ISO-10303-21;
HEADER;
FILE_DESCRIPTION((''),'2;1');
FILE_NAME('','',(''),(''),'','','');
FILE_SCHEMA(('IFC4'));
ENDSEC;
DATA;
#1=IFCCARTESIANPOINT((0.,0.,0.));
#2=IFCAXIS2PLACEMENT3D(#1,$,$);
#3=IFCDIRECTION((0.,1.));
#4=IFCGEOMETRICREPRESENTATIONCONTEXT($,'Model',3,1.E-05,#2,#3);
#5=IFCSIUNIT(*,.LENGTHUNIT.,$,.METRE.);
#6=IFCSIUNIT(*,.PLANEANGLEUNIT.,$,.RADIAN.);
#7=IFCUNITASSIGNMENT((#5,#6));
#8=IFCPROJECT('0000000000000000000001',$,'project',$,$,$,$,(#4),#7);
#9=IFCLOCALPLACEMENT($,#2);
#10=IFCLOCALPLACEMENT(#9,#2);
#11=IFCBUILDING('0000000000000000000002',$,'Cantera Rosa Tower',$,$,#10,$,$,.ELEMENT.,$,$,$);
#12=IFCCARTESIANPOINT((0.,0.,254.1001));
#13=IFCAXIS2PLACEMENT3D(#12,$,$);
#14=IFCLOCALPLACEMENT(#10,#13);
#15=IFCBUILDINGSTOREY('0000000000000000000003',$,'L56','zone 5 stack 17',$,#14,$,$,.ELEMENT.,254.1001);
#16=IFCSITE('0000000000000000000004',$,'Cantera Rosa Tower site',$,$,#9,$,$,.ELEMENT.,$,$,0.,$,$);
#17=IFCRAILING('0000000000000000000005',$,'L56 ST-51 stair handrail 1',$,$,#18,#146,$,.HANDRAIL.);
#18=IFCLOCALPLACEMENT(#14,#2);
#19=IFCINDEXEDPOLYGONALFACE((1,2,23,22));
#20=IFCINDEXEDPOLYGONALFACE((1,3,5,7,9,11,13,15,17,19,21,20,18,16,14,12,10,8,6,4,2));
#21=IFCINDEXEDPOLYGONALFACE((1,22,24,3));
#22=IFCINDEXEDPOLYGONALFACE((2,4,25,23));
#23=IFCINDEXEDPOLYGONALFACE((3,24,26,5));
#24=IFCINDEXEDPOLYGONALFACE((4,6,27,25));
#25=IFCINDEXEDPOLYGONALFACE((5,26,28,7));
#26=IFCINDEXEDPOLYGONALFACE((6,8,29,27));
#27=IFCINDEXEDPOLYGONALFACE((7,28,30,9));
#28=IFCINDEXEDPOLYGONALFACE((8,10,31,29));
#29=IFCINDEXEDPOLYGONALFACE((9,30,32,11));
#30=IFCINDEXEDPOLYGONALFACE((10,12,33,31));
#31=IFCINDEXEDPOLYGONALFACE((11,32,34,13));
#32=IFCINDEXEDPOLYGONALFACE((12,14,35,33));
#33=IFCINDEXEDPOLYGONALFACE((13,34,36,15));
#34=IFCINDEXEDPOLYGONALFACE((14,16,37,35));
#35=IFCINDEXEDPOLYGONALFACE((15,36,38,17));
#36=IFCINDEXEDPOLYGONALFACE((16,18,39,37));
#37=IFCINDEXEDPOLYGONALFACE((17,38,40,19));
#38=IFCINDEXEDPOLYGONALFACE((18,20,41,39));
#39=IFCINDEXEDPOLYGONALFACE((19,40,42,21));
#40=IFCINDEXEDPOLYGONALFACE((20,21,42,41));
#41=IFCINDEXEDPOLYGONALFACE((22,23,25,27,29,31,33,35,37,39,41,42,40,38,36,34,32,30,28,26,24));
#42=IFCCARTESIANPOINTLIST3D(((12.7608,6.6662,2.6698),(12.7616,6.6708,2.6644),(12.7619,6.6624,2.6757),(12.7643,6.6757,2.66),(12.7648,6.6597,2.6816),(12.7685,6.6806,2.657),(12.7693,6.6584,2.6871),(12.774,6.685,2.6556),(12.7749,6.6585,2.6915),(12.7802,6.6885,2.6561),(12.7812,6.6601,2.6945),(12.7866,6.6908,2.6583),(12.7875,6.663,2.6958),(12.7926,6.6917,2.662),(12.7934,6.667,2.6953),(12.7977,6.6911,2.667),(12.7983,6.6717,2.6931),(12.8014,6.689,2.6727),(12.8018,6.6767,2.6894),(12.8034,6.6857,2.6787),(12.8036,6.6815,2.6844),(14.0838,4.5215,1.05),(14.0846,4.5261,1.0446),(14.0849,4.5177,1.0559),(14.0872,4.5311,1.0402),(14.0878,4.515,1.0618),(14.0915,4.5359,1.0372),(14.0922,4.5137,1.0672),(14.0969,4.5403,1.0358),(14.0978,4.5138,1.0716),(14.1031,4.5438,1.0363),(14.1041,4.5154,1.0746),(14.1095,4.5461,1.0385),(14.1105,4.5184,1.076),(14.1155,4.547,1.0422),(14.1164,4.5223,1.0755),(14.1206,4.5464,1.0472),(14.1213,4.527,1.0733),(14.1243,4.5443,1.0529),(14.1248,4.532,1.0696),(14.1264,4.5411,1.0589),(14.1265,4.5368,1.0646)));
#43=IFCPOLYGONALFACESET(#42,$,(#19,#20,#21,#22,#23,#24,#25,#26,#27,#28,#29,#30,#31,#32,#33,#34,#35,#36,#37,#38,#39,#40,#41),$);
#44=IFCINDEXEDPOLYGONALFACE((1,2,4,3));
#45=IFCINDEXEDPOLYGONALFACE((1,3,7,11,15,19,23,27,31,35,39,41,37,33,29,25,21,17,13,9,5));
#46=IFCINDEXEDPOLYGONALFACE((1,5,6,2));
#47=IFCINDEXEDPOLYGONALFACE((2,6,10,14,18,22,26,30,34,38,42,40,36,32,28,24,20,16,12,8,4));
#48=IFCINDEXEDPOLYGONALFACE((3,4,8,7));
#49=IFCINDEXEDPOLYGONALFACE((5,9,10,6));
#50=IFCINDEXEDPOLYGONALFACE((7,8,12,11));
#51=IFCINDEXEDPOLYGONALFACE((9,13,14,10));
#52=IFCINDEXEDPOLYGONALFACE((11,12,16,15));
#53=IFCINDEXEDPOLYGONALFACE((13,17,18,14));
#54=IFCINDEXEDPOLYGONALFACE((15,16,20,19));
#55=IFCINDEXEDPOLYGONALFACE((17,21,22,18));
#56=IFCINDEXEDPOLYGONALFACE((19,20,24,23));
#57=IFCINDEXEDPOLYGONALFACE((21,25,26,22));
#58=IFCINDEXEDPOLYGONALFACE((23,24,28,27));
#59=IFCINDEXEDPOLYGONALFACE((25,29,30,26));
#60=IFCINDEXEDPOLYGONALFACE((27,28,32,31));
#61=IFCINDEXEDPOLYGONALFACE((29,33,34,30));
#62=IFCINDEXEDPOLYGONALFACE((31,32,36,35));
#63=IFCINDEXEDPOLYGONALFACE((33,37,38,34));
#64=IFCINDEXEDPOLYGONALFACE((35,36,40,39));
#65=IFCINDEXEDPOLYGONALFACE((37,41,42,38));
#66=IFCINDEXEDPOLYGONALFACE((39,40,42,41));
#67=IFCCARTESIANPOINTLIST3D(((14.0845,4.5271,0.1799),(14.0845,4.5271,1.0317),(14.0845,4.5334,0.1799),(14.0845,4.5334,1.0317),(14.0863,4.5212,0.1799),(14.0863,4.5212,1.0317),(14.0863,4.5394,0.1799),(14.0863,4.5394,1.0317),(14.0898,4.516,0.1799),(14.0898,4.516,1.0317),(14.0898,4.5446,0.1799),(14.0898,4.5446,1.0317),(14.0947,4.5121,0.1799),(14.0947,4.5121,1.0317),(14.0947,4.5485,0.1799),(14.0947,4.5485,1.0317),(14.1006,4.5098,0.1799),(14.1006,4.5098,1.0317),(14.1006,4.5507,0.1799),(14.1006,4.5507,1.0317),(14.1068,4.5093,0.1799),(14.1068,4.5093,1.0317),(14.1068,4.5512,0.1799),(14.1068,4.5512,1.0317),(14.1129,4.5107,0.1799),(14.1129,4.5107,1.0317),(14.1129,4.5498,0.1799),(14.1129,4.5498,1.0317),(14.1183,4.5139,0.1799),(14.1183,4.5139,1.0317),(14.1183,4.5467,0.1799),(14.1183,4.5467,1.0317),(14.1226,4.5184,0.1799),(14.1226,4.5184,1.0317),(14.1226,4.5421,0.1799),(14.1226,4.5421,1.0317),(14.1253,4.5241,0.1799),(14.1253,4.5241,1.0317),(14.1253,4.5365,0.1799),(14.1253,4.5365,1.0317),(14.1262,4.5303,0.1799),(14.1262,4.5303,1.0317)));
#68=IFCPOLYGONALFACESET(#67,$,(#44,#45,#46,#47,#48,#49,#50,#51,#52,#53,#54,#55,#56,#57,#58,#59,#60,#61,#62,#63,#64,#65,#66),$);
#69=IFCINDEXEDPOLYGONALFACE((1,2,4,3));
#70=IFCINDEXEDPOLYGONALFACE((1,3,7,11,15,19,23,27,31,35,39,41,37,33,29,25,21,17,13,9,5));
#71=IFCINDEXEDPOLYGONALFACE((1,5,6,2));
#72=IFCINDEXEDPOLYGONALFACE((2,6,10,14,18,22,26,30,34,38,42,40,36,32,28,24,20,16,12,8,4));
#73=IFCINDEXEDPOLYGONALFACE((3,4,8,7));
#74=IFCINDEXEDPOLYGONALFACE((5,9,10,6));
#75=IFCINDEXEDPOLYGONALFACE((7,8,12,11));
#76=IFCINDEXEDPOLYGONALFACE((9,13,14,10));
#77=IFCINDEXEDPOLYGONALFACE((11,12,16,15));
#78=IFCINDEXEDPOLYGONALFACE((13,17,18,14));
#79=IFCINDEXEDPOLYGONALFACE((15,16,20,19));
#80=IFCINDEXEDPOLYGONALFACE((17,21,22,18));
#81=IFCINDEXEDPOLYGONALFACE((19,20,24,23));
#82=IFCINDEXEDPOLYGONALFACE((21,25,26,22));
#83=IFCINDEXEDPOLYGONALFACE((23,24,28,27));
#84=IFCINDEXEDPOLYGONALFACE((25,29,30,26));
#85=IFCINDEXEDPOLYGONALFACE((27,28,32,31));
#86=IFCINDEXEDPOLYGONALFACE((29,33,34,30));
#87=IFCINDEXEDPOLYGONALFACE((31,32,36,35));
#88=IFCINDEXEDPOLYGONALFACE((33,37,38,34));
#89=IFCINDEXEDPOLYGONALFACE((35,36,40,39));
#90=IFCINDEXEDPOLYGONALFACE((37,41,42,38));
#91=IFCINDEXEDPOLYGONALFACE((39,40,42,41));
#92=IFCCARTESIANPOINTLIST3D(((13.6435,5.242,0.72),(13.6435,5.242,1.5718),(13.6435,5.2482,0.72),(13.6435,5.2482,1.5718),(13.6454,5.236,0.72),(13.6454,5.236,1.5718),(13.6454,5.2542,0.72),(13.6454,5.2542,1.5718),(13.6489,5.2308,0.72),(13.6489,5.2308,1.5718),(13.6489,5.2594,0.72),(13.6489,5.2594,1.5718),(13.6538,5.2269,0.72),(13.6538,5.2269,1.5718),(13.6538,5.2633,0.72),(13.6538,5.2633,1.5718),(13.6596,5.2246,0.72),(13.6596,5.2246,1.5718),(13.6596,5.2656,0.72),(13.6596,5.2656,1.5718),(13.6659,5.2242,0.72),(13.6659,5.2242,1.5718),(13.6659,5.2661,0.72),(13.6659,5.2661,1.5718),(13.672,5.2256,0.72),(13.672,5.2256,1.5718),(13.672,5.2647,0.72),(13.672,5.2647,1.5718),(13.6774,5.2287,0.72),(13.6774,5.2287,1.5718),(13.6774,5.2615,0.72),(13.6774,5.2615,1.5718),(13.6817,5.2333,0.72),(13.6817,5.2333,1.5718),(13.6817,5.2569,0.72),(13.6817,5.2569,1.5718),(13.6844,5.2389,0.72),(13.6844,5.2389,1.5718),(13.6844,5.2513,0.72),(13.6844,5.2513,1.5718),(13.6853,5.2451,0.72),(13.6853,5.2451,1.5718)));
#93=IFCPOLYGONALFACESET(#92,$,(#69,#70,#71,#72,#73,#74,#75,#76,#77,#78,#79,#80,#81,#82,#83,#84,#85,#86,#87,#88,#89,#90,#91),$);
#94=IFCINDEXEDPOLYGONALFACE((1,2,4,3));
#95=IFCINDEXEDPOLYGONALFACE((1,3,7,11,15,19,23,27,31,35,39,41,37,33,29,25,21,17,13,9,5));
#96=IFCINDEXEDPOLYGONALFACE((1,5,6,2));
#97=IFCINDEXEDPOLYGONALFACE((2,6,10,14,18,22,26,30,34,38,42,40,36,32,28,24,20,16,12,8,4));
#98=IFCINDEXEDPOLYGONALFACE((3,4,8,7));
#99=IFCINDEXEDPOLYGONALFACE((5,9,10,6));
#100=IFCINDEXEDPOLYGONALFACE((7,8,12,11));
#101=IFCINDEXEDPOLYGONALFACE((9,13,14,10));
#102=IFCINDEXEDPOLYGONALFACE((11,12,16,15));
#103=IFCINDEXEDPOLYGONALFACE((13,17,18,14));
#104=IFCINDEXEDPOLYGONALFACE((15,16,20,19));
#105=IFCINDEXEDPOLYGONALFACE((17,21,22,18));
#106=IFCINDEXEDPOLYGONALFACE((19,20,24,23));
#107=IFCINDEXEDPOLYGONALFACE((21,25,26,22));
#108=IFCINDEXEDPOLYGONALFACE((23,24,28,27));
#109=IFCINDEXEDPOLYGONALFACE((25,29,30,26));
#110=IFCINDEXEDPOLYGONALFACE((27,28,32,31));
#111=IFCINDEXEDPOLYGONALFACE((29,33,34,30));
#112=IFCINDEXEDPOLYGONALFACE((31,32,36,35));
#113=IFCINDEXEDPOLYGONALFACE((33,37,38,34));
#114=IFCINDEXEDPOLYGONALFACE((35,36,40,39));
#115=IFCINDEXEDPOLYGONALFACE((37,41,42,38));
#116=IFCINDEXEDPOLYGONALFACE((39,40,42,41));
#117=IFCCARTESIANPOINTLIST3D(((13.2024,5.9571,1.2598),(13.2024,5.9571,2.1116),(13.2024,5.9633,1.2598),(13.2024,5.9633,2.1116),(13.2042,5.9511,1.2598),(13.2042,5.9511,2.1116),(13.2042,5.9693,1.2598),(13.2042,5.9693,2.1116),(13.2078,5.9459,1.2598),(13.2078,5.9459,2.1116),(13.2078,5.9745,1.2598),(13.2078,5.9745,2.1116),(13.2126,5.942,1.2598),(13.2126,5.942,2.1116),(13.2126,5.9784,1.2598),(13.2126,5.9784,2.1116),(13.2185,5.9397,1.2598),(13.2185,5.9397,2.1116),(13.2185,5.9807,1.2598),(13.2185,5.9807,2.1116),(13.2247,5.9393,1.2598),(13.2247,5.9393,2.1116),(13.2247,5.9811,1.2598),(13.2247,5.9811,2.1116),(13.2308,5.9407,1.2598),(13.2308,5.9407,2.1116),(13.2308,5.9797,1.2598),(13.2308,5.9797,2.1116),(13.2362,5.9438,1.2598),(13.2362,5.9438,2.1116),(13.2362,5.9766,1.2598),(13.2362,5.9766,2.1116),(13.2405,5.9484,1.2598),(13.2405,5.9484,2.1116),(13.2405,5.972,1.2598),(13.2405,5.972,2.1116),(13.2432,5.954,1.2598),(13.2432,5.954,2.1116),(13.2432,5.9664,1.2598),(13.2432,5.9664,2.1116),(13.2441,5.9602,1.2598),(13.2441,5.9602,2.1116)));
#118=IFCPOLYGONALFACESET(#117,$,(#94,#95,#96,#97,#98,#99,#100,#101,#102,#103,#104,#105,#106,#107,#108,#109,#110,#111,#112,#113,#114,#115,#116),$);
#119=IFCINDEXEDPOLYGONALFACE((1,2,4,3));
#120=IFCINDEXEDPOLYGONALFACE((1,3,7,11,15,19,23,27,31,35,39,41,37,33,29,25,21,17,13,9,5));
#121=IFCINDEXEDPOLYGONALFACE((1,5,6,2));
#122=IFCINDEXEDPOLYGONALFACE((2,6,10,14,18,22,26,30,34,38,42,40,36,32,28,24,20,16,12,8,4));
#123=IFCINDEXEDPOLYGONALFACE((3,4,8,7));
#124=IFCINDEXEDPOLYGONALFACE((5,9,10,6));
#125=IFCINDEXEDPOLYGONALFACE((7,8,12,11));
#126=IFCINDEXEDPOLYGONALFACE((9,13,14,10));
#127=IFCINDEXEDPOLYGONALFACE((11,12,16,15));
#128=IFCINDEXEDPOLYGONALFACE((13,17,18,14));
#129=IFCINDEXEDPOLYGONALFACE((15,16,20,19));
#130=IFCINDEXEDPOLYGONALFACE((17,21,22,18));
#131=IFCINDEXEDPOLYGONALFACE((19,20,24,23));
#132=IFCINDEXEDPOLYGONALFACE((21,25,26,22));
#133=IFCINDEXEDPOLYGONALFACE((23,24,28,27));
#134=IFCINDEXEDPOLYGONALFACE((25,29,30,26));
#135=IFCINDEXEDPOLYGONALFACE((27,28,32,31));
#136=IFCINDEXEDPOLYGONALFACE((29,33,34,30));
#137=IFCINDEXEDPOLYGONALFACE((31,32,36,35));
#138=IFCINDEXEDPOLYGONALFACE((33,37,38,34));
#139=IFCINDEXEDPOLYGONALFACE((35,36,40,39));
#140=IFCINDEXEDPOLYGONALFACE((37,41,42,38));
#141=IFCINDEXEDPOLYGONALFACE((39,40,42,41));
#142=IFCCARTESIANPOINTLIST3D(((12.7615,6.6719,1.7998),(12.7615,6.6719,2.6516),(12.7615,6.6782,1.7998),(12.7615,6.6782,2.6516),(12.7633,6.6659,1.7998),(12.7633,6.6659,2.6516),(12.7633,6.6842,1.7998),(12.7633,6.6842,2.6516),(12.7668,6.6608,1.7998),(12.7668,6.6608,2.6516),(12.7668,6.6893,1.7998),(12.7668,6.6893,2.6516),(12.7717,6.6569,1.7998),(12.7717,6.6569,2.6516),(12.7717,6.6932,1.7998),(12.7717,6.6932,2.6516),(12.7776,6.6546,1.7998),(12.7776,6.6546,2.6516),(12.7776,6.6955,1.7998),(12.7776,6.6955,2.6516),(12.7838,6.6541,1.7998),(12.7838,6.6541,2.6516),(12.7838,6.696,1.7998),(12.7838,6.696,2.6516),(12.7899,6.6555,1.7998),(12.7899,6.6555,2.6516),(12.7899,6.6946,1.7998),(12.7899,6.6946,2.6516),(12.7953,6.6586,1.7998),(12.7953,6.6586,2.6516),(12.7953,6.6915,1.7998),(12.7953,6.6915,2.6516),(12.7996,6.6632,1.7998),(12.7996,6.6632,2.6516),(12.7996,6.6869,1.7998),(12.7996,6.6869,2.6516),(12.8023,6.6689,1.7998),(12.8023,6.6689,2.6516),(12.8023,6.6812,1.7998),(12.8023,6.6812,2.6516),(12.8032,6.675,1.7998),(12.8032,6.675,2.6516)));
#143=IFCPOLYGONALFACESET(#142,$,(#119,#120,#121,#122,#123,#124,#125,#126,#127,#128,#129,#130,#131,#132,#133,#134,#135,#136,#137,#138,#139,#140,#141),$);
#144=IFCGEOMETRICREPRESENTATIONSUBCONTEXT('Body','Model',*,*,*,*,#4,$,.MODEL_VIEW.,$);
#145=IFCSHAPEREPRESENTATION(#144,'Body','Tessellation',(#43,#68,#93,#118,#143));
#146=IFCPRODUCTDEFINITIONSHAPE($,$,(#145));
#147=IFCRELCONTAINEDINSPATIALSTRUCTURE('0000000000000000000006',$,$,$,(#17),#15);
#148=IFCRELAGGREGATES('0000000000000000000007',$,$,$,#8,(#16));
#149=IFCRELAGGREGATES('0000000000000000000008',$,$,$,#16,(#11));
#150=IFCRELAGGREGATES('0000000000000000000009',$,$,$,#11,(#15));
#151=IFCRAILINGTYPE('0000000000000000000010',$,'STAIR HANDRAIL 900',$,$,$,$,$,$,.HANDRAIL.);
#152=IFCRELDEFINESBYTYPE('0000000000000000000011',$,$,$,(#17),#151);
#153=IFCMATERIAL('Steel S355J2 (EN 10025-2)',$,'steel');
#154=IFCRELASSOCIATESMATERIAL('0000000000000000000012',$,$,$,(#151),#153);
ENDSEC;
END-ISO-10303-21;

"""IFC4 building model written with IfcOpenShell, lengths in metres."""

from ifc_helpers import new_model, si_unit, direction, frame, origin, origin_2d, place, context, subcontext, project, spatial, circle, extrude, material, type_object, element, save


model = new_model("IFC4")

# Units and contexts
model_context = context("Model", 3, precision=1e-05, world=origin(), true_north=direction((0.0, 1.0)))
body_context = subcontext(model_context, "Body", "Model", "MODEL_VIEW")
ifc_project = project(units=[si_unit("LENGTHUNIT", "METRE"), si_unit("PLANEANGLEUNIT", "RADIAN")], contexts=[model_context])

# Site, building, storey
site_placement = place(None, origin())
site = spatial("IfcSite", under=ifc_project, at=site_placement, Name="Cantera Rosa Tower site", CompositionType="ELEMENT", RefElevation=0.0)
building_placement = place(site_placement, origin())
building = spatial("IfcBuilding", under=site, at=building_placement, Name="Cantera Rosa Tower", CompositionType="ELEMENT")
storey_placement = place(building_placement, frame((0.0, 0.0, 254.1001)))
storey = spatial("IfcBuildingStorey", under=building, at=storey_placement, Name="L56", Description="zone 5 stack 17", CompositionType="ELEMENT", Elevation=254.1001)

# Railing
ifc_material_1 = material(Name="Steel S355J2 (EN 10025-2)", Category="steel")
railing_type_1 = type_object("IfcRailingType", Name="STAIR HANDRAIL 900", PredefinedType="HANDRAIL", material=ifc_material_1)
railing_1_placement = place(storey_placement, frame((14.1052, 4.5303, 0.1799)))
element("IfcRailing", 1, at=railing_1_placement, inside=storey, type_object=railing_type_1, Name="L56 ST-51 stair handrail 1", PredefinedType="HANDRAIL", context=body_context, shape_type="SweptSolid", body=[
    extrude(circle(Radius=0.0239, at=origin_2d()), frame((0.0, 0.0, 0.876), z_axis=(-0.441629, 0.715945, 0.540728), x_axis=(-0.851102, -0.525, 0.0)), (0.0, 0.0, 1.0), 2.9956),
    extrude(circle(Radius=0.021, at=origin_2d()), origin(), (0.0, 0.0, 1.0), 0.8518),
    extrude(circle(Radius=0.021, at=origin_2d()), frame((-0.4409, 0.7148, 0.54)), (0.0, 0.0, 1.0), 0.8518),
    extrude(circle(Radius=0.021, at=origin_2d()), frame((-0.8821, 1.4299, 1.0798)), (0.0, 0.0, 1.0), 0.8518),
    extrude(circle(Radius=0.021, at=origin_2d()), frame((-1.323, 2.1448, 1.6199)), (0.0, 0.0, 1.0), 0.8518),
])

save(model, "model.ifc")
